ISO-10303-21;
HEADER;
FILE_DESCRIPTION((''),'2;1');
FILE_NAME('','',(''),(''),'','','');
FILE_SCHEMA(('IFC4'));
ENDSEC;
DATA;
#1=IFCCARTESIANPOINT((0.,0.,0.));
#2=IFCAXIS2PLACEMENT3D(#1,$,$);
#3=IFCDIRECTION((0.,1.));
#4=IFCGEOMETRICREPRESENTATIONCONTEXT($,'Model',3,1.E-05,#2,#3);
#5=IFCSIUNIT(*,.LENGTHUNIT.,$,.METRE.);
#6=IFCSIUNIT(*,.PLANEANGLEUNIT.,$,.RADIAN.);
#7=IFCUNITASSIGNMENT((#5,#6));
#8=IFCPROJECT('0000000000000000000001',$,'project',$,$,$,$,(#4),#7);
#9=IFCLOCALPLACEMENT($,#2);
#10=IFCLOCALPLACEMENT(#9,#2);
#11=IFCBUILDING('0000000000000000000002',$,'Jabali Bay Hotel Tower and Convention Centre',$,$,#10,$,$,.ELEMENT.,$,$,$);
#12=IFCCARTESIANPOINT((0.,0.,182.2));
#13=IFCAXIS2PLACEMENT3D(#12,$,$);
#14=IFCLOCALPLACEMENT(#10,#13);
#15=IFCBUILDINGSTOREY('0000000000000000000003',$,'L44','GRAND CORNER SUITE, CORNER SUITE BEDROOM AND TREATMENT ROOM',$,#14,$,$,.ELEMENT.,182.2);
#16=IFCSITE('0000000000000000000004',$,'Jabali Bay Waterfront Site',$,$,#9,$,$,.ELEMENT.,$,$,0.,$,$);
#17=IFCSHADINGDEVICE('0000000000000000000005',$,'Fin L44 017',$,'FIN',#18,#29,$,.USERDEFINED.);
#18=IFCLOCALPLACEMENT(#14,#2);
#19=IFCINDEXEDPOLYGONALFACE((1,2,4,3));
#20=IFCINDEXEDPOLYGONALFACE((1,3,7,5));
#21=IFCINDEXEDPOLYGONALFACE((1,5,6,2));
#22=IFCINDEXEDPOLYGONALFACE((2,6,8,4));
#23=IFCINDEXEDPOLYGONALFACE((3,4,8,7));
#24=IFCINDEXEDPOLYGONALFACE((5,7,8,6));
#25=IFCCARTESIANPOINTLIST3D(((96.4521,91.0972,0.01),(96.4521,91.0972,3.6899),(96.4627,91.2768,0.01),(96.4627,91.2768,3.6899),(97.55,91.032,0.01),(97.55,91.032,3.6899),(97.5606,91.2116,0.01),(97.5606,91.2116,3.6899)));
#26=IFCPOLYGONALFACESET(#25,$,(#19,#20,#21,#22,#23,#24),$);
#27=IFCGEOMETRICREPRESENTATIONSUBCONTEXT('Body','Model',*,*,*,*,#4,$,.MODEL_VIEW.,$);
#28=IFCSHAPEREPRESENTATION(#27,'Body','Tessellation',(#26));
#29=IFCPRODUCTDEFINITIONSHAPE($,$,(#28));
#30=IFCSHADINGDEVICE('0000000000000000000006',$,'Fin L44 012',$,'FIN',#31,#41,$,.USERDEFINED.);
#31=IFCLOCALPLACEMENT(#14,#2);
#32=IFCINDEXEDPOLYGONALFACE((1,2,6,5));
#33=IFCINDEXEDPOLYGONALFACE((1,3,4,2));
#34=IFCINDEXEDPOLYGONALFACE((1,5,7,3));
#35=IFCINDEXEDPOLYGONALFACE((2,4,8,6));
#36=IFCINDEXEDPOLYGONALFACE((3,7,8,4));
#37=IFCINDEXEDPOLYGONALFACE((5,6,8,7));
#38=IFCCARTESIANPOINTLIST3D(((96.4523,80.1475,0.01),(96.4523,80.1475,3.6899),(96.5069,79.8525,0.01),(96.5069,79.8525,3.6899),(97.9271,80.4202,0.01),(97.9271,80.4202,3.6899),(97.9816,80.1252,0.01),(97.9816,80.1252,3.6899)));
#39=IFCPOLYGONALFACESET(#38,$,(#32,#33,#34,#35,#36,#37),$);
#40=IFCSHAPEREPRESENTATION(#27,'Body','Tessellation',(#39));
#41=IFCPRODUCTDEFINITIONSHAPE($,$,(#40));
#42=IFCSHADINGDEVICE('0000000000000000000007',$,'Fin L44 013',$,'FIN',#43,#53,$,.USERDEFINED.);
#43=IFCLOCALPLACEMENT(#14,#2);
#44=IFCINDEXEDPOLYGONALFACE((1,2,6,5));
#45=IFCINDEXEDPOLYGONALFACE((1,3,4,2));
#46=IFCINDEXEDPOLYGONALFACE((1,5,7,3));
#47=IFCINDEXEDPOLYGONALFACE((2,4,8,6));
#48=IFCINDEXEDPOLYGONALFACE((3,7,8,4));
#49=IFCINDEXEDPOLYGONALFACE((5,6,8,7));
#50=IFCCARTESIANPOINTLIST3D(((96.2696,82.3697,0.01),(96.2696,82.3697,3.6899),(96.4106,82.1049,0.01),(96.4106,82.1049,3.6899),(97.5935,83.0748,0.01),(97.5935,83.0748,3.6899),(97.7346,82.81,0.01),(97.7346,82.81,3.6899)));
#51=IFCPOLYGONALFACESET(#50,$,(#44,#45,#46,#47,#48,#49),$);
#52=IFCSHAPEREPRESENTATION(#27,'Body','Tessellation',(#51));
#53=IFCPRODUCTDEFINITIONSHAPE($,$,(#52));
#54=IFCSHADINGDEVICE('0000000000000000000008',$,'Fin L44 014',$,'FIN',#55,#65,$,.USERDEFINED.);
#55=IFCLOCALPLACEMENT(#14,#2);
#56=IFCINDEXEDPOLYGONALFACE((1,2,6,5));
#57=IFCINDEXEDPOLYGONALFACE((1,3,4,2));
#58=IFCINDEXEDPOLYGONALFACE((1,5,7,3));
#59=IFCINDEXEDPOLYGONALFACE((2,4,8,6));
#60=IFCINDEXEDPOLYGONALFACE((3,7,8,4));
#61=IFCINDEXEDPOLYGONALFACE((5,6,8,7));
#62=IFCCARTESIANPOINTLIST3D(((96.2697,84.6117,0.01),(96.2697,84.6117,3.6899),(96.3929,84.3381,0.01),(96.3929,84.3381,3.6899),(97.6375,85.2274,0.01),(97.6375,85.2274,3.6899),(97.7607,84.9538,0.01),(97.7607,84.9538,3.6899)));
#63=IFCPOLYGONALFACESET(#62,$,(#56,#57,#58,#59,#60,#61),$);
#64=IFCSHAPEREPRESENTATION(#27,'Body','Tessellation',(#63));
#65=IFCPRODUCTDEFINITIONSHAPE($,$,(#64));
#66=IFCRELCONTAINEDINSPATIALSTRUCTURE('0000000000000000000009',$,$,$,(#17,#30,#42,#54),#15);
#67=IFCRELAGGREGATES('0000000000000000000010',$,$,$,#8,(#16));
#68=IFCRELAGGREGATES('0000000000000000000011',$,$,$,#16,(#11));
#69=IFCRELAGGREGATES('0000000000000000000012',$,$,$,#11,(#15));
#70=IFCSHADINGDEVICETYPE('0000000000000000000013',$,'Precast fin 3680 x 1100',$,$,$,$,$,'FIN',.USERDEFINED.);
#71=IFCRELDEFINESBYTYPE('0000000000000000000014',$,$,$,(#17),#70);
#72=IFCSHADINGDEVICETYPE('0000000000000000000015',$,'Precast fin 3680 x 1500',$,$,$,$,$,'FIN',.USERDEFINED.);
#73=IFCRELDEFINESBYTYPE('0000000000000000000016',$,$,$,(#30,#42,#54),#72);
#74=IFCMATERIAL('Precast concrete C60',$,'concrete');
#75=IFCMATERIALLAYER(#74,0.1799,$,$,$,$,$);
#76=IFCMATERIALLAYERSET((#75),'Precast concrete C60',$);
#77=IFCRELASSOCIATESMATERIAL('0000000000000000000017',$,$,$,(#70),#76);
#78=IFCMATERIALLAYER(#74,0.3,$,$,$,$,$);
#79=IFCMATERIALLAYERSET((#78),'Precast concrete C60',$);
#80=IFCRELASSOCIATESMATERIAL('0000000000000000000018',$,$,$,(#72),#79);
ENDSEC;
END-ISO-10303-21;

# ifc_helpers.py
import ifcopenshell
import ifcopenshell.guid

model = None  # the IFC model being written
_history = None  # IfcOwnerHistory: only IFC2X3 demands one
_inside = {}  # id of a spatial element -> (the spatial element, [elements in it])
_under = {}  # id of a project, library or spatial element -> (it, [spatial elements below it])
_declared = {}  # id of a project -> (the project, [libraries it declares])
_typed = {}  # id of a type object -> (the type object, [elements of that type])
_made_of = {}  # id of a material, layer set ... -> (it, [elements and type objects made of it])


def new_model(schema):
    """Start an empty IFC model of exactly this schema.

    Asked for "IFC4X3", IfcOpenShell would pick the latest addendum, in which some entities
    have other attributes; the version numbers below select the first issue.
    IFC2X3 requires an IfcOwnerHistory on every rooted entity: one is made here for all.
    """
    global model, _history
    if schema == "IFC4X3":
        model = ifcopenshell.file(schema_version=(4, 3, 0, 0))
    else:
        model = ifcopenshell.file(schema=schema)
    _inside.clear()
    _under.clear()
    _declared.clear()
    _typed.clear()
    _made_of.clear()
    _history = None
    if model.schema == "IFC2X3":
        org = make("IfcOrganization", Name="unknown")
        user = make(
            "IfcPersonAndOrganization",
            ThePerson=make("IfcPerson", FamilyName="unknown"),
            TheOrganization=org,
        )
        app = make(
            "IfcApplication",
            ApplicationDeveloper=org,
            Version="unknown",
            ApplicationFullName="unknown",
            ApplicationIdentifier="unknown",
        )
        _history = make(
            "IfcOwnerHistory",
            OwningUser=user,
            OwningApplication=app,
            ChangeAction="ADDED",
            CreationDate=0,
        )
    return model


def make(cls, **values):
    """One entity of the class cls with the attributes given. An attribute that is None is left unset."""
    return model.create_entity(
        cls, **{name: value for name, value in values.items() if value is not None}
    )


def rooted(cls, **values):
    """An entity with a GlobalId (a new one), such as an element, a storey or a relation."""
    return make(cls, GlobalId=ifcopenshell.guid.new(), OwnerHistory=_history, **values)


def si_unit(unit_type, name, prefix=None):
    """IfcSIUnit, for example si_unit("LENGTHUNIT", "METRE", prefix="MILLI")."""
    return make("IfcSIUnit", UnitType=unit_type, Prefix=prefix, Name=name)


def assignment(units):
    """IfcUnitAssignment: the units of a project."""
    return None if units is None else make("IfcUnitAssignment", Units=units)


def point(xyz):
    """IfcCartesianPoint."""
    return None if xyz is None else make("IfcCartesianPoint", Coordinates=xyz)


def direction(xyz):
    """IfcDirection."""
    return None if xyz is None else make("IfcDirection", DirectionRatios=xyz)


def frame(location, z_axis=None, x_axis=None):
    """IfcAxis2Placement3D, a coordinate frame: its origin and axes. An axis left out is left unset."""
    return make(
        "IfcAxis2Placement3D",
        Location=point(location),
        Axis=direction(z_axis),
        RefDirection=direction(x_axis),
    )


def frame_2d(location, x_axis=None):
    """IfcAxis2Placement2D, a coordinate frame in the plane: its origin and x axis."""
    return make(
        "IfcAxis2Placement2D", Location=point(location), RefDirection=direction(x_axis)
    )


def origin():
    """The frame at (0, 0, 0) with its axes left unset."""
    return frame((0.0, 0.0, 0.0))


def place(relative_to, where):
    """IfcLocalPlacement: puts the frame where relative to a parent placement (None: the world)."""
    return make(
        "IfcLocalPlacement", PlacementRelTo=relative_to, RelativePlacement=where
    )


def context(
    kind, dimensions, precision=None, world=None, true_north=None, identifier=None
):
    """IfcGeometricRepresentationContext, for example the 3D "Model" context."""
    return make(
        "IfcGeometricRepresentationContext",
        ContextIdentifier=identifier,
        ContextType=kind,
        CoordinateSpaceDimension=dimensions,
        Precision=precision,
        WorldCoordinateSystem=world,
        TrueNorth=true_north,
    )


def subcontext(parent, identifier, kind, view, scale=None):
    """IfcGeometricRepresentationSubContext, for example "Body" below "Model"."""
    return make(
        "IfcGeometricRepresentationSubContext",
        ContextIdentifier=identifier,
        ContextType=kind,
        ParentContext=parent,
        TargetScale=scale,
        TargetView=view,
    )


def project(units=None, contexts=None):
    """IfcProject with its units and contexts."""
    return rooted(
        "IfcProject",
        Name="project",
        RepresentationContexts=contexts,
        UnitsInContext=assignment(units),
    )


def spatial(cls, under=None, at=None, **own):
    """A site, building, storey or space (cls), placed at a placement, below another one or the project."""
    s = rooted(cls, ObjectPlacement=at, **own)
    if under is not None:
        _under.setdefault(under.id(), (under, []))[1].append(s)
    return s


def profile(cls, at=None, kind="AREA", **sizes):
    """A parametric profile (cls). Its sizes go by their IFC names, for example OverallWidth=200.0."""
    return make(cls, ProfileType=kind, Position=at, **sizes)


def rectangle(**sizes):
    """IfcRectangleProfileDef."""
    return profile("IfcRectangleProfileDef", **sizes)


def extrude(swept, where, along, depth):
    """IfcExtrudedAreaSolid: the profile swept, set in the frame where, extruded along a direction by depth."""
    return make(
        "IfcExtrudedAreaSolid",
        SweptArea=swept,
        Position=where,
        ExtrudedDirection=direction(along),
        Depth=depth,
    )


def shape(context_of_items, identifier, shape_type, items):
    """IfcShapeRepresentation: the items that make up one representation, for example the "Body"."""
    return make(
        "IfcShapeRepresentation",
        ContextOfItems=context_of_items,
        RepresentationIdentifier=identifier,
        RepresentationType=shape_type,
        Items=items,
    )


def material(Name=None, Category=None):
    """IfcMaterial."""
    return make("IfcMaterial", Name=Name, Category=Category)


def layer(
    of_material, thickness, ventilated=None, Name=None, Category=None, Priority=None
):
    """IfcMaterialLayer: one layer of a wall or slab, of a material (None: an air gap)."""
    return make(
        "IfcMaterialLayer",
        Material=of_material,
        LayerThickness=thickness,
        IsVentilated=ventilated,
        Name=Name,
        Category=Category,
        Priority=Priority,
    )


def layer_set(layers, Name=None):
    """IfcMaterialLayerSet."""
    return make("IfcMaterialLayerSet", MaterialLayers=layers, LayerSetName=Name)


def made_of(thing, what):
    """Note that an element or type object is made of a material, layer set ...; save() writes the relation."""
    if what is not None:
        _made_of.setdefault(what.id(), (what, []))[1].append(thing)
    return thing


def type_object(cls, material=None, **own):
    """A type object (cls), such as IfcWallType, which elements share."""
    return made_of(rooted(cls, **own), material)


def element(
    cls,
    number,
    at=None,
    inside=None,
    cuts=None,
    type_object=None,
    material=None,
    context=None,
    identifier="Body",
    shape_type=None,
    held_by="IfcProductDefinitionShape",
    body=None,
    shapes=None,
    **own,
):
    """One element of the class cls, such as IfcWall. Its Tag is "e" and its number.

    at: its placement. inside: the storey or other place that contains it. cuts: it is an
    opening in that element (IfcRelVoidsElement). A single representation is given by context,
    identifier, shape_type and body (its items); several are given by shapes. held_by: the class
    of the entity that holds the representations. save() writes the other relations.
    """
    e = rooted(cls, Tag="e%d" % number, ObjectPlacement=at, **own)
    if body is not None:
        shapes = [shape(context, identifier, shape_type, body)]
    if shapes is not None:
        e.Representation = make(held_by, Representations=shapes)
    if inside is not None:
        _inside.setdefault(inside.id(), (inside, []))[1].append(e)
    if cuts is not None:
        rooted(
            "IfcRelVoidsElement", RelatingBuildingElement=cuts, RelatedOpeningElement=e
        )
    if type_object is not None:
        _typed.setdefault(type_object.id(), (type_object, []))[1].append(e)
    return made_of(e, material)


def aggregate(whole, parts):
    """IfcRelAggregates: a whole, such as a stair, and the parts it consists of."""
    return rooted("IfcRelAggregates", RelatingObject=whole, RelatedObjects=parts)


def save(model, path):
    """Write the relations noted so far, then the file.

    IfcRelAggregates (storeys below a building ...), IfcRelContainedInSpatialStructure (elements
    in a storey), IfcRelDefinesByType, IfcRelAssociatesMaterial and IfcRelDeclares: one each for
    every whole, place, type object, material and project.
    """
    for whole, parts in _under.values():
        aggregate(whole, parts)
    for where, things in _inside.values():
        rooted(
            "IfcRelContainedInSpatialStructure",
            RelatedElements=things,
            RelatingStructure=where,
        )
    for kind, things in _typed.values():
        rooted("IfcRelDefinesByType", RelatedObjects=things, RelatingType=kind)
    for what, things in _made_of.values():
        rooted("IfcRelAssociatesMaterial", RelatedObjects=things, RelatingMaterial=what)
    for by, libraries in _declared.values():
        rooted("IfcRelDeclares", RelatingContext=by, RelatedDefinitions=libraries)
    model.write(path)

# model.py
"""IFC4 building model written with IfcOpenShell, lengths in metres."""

from ifc_helpers import new_model, si_unit, direction, frame, frame_2d, origin, place, context, subcontext, project, spatial, rectangle, extrude, material, layer, layer_set, type_object, element, save


model = new_model("IFC4")

# Units and contexts
model_context = context("Model", 3, precision=1e-05, world=origin(), true_north=direction((0.0, 1.0)))
body_context = subcontext(model_context, "Body", "Model", "MODEL_VIEW")
ifc_project = project(units=[si_unit("LENGTHUNIT", "METRE"), si_unit("PLANEANGLEUNIT", "RADIAN")], contexts=[model_context])

# Site, building, storey
site_placement = place(None, origin())
site = spatial("IfcSite", under=ifc_project, at=site_placement, Name="Jabali Bay Waterfront Site", CompositionType="ELEMENT", RefElevation=0.0)
building_placement = place(site_placement, origin())
building = spatial("IfcBuilding", under=site, at=building_placement, Name="Jabali Bay Hotel Tower and Convention Centre", CompositionType="ELEMENT")
storey_placement = place(building_placement, frame((0.0, 0.0, 182.2)))
storey = spatial("IfcBuildingStorey", under=building, at=storey_placement, Name="L44", Description="GRAND CORNER SUITE, CORNER SUITE BEDROOM AND TREATMENT ROOM", CompositionType="ELEMENT", Elevation=182.2)

# Shading devices
ifc_material_1 = material(Name="Precast concrete C60", Category="concrete")
ifc_layer_1 = layer(ifc_material_1, 0.1799)
ifc_layer_set_1 = layer_set([ifc_layer_1], Name="Precast concrete C60")
shading_device_type_1 = type_object("IfcShadingDeviceType", Name="Precast fin 3680 x 1100", ElementType="FIN", PredefinedType="USERDEFINED", material=ifc_layer_set_1)
for number, where, z_axis, x_axis, name in (
    (1, (96.4575, 91.187, 0.01), (0.0, 0.0, 1.0), (0.998242, -0.059269, 0.0), "Fin L44 017"),
):
    element("IfcShadingDevice", number, at=place(storey_placement, frame(where, z_axis=z_axis, x_axis=x_axis)), inside=storey, type_object=shading_device_type_1, Name=name, ObjectType="FIN", PredefinedType="USERDEFINED", context=body_context, shape_type="SweptSolid", body=[
        extrude(rectangle(XDim=1.0999, YDim=0.1799, at=frame_2d((0.5498, 0.0))), origin(), (0.0, 0.0, 1.0), 3.6799),
    ])
ifc_layer_2 = layer(ifc_material_1, 0.3)
ifc_layer_set_2 = layer_set([ifc_layer_2], Name="Precast concrete C60")
shading_device_type_2 = type_object("IfcShadingDeviceType", Name="Precast fin 3680 x 1500", ElementType="FIN", PredefinedType="USERDEFINED", material=ifc_layer_set_2)
shading_device_1_placement = place(storey_placement, frame((96.4795, 80.0, 0.01), z_axis=(0.0, 0.0, 1.0), x_axis=(0.983332, 0.181821, 0.0)))
element("IfcShadingDevice", 2, at=shading_device_1_placement, inside=storey, type_object=shading_device_type_2, Name="Fin L44 012", ObjectType="FIN", PredefinedType="USERDEFINED", context=body_context, shape_type="SweptSolid", body=[
    extrude(rectangle(XDim=1.4998, YDim=0.3, at=frame_2d((0.75, 0.0))), origin(), (0.0, 0.0, 1.0), 3.6799),
])
for number, where, z_axis, x_axis, name in (
    (3, (96.3401, 82.2373, 0.01), (0.0, 0.0, 1.0), (0.882641, 0.470047, 0.0), "Fin L44 013"),
    (4, (96.3313, 84.4749, 0.01), (0.0, 0.0, 1.0), (0.911854, 0.410514, 0.0), "Fin L44 014"),
):
    element("IfcShadingDevice", number, at=place(storey_placement, frame(where, z_axis=z_axis, x_axis=x_axis)), inside=storey, type_object=shading_device_type_2, Name=name, ObjectType="FIN", PredefinedType="USERDEFINED", context=body_context, shape_type="SweptSolid", body=[
        extrude(rectangle(XDim=1.5, YDim=0.3, at=frame_2d((0.75, 0.0))), origin(), (0.0, 0.0, 1.0), 3.6799),
    ])

save(model, "model.ifc")
